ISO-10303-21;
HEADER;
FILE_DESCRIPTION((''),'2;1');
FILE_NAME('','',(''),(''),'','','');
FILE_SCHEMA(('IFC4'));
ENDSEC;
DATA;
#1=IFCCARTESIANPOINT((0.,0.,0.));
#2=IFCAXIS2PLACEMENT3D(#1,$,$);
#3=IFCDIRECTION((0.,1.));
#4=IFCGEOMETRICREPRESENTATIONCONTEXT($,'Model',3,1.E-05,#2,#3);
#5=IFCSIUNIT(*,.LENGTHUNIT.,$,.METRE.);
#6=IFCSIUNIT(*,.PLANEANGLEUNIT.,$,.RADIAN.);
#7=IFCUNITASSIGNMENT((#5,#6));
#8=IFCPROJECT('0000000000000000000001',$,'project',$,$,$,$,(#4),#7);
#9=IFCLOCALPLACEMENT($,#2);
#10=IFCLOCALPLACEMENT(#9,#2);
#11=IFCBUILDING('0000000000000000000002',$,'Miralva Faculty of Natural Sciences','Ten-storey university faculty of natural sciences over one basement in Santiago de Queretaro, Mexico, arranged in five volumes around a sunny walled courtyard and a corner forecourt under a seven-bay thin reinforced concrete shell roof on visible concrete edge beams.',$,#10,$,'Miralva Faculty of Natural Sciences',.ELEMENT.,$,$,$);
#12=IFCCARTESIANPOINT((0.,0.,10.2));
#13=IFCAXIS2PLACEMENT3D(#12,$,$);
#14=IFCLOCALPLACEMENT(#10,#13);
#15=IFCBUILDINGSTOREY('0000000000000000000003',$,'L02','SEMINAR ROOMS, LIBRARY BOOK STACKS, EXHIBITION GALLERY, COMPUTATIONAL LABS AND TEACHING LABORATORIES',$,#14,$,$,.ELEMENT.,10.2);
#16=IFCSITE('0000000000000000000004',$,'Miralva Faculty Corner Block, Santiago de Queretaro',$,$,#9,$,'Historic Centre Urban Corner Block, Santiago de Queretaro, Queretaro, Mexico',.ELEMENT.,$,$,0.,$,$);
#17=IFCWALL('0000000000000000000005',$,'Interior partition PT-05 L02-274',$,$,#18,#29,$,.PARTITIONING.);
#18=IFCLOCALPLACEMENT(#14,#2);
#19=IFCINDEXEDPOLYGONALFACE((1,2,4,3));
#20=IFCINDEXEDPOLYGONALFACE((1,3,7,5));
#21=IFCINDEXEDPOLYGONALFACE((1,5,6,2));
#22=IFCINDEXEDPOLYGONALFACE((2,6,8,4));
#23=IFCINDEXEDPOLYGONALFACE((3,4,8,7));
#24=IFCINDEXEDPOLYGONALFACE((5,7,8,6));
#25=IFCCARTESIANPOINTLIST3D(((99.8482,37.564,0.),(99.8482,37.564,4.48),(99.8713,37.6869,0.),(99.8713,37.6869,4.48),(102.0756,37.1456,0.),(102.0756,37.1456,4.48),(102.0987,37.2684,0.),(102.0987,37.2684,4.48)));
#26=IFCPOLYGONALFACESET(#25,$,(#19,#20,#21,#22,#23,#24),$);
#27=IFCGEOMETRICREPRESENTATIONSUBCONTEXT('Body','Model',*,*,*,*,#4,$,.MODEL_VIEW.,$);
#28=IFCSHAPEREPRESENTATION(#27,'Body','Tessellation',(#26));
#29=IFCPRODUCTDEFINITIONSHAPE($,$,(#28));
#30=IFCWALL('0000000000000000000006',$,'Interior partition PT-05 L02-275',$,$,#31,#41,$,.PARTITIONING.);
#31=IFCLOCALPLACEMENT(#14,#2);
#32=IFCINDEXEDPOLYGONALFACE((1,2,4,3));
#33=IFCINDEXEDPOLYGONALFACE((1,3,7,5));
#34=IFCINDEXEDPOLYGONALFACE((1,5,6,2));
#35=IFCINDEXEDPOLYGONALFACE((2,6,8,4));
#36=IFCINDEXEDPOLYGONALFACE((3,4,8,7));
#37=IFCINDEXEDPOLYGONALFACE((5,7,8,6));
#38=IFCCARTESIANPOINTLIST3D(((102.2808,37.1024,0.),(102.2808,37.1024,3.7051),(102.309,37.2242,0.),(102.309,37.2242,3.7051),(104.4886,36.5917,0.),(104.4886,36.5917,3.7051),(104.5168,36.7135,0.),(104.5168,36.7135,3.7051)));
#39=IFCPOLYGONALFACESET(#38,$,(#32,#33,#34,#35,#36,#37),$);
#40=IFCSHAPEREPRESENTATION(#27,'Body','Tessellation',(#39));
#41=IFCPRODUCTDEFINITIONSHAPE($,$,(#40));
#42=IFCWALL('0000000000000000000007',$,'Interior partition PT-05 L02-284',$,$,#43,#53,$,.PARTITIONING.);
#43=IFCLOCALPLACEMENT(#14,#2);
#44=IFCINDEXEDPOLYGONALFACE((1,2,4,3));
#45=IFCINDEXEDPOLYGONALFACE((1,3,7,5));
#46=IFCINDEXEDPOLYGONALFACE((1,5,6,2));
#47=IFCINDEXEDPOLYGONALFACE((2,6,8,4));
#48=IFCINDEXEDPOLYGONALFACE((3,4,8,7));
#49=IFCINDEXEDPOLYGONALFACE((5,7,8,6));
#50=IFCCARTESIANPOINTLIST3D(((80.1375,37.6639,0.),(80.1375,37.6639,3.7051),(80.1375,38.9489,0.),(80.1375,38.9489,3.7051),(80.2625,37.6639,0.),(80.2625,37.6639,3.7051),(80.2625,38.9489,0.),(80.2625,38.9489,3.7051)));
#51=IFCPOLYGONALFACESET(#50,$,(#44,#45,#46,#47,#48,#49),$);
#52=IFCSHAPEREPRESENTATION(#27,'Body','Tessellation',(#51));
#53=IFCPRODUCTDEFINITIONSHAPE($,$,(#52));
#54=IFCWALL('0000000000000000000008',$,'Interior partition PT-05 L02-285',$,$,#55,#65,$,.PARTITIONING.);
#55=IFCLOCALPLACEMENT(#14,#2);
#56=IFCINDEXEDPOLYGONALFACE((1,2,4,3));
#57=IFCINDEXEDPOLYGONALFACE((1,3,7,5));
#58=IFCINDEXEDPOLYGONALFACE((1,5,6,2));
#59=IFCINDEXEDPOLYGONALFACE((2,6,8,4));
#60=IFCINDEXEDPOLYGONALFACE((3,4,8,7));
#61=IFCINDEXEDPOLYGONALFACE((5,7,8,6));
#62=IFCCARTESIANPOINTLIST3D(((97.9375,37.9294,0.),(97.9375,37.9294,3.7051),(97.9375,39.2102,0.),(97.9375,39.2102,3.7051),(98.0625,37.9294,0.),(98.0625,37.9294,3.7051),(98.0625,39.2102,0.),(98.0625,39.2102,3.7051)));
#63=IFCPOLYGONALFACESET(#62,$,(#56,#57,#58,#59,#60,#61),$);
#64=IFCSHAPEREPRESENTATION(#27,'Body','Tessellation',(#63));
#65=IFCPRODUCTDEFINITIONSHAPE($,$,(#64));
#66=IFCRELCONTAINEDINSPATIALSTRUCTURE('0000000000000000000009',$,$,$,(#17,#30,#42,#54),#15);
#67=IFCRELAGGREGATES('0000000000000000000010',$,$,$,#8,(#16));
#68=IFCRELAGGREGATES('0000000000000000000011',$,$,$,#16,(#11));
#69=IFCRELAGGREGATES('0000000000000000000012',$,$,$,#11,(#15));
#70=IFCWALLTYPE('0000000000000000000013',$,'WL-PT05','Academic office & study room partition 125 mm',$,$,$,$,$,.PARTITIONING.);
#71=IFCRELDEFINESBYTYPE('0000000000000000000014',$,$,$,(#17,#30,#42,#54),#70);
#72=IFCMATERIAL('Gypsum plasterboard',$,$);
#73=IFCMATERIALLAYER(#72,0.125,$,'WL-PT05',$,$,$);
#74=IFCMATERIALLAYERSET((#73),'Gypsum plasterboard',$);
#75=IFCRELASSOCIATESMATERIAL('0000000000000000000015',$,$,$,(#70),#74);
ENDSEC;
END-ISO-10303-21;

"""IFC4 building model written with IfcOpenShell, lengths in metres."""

from ifc_helpers import new_model, si_unit, direction, frame, frame_2d, origin, place, context, subcontext, project, spatial, rectangle, extrude, material, layer, layer_set, type_object, element, save


model = new_model("IFC4")

# Units and contexts
model_context = context("Model", 3, precision=1e-05, world=origin(), true_north=direction((0.0, 1.0)))
body_context = subcontext(model_context, "Body", "Model", "MODEL_VIEW")
ifc_project = project(units=[si_unit("LENGTHUNIT", "METRE"), si_unit("PLANEANGLEUNIT", "RADIAN")], contexts=[model_context])

# Site, building, storey
site_placement = place(None, origin())
site = spatial("IfcSite", under=ifc_project, at=site_placement, Name="Miralva Faculty Corner Block, Santiago de Queretaro", LongName="Historic Centre Urban Corner Block, Santiago de Queretaro, Queretaro, Mexico", CompositionType="ELEMENT", RefElevation=0.0)
building_placement = place(site_placement, origin())
building = spatial("IfcBuilding", under=site, at=building_placement, Name="Miralva Faculty of Natural Sciences", Description="Ten-storey university faculty of natural sciences over one basement in Santiago de Queretaro, Mexico, arranged in five volumes around a sunny walled courtyard and a corner forecourt under a seven-bay thin reinforced concrete shell roof on visible concrete edge beams.", LongName="Miralva Faculty of Natural Sciences", CompositionType="ELEMENT")
storey_placement = place(building_placement, frame((0.0, 0.0, 10.2)))
storey = spatial("IfcBuildingStorey", under=building, at=storey_placement, Name="L02", Description="SEMINAR ROOMS, LIBRARY BOOK STACKS, EXHIBITION GALLERY, COMPUTATIONAL LABS AND TEACHING LABORATORIES", CompositionType="ELEMENT", Elevation=10.2)

# Shared definitions
ifc_material_1 = material(Name="Gypsum plasterboard")
ifc_layer_1 = layer(ifc_material_1, 0.125, Name="WL-PT05")
ifc_layer_set_1 = layer_set([ifc_layer_1], Name="Gypsum plasterboard")
wall_type = type_object("IfcWallType", Name="WL-PT05", Description="Academic office & study room partition 125 mm", PredefinedType="PARTITIONING", material=ifc_layer_set_1)

# Walls
wall_1_placement = place(storey_placement, frame((99.8596, 37.6255, 0.0), z_axis=(0.0, 0.0, 1.0), x_axis=(0.982805, -0.184646, 0.0)))
element("IfcWall", 1, at=wall_1_placement, inside=storey, type_object=wall_type, Name="Interior partition PT-05 L02-274", PredefinedType="PARTITIONING", context=body_context, shape_type="SweptSolid", body=[
    extrude(rectangle(XDim=2.2664, YDim=0.125, at=frame_2d((1.1333, 0.0))), origin(), (0.0, 0.0, 1.0), 4.48),
])
wall_2_placement = place(storey_placement, frame((102.2949, 37.1633, 0.0), z_axis=(0.0, 0.0, 1.0), x_axis=(0.974269, -0.225387, 0.0)))
element("IfcWall", 2, at=wall_2_placement, inside=storey, type_object=wall_type, Name="Interior partition PT-05 L02-275", PredefinedType="PARTITIONING", context=body_context, shape_type="SweptSolid", body=[
    extrude(rectangle(XDim=2.2661, YDim=0.125, at=frame_2d((1.1331, 0.0))), origin(), (0.0, 0.0, 1.0), 3.7051),
])
wall_3_placement = place(storey_placement, frame((80.2, 37.6638, 0.0), z_axis=(0.0, 0.0, 1.0), x_axis=(0.0, 1.0, 0.0)))
element("IfcWall", 3, at=wall_3_placement, inside=storey, type_object=wall_type, Name="Interior partition PT-05 L02-284", PredefinedType="PARTITIONING", context=body_context, shape_type="SweptSolid", body=[
    extrude(rectangle(XDim=1.2849, YDim=0.125, at=frame_2d((0.6426, 0.0))), origin(), (0.0, 0.0, 1.0), 3.7051),
])
wall_4_placement = place(storey_placement, frame((98.0, 37.9294, 0.0), z_axis=(0.0, 0.0, 1.0), x_axis=(0.0, 1.0, 0.0)))
element("IfcWall", 4, at=wall_4_placement, inside=storey, type_object=wall_type, Name="Interior partition PT-05 L02-285", PredefinedType="PARTITIONING", context=body_context, shape_type="SweptSolid", body=[
    extrude(rectangle(XDim=1.2808, YDim=0.125, at=frame_2d((0.6404, 0.0))), origin(), (0.0, 0.0, 1.0), 3.7051),
])

save(model, "model.ifc")
